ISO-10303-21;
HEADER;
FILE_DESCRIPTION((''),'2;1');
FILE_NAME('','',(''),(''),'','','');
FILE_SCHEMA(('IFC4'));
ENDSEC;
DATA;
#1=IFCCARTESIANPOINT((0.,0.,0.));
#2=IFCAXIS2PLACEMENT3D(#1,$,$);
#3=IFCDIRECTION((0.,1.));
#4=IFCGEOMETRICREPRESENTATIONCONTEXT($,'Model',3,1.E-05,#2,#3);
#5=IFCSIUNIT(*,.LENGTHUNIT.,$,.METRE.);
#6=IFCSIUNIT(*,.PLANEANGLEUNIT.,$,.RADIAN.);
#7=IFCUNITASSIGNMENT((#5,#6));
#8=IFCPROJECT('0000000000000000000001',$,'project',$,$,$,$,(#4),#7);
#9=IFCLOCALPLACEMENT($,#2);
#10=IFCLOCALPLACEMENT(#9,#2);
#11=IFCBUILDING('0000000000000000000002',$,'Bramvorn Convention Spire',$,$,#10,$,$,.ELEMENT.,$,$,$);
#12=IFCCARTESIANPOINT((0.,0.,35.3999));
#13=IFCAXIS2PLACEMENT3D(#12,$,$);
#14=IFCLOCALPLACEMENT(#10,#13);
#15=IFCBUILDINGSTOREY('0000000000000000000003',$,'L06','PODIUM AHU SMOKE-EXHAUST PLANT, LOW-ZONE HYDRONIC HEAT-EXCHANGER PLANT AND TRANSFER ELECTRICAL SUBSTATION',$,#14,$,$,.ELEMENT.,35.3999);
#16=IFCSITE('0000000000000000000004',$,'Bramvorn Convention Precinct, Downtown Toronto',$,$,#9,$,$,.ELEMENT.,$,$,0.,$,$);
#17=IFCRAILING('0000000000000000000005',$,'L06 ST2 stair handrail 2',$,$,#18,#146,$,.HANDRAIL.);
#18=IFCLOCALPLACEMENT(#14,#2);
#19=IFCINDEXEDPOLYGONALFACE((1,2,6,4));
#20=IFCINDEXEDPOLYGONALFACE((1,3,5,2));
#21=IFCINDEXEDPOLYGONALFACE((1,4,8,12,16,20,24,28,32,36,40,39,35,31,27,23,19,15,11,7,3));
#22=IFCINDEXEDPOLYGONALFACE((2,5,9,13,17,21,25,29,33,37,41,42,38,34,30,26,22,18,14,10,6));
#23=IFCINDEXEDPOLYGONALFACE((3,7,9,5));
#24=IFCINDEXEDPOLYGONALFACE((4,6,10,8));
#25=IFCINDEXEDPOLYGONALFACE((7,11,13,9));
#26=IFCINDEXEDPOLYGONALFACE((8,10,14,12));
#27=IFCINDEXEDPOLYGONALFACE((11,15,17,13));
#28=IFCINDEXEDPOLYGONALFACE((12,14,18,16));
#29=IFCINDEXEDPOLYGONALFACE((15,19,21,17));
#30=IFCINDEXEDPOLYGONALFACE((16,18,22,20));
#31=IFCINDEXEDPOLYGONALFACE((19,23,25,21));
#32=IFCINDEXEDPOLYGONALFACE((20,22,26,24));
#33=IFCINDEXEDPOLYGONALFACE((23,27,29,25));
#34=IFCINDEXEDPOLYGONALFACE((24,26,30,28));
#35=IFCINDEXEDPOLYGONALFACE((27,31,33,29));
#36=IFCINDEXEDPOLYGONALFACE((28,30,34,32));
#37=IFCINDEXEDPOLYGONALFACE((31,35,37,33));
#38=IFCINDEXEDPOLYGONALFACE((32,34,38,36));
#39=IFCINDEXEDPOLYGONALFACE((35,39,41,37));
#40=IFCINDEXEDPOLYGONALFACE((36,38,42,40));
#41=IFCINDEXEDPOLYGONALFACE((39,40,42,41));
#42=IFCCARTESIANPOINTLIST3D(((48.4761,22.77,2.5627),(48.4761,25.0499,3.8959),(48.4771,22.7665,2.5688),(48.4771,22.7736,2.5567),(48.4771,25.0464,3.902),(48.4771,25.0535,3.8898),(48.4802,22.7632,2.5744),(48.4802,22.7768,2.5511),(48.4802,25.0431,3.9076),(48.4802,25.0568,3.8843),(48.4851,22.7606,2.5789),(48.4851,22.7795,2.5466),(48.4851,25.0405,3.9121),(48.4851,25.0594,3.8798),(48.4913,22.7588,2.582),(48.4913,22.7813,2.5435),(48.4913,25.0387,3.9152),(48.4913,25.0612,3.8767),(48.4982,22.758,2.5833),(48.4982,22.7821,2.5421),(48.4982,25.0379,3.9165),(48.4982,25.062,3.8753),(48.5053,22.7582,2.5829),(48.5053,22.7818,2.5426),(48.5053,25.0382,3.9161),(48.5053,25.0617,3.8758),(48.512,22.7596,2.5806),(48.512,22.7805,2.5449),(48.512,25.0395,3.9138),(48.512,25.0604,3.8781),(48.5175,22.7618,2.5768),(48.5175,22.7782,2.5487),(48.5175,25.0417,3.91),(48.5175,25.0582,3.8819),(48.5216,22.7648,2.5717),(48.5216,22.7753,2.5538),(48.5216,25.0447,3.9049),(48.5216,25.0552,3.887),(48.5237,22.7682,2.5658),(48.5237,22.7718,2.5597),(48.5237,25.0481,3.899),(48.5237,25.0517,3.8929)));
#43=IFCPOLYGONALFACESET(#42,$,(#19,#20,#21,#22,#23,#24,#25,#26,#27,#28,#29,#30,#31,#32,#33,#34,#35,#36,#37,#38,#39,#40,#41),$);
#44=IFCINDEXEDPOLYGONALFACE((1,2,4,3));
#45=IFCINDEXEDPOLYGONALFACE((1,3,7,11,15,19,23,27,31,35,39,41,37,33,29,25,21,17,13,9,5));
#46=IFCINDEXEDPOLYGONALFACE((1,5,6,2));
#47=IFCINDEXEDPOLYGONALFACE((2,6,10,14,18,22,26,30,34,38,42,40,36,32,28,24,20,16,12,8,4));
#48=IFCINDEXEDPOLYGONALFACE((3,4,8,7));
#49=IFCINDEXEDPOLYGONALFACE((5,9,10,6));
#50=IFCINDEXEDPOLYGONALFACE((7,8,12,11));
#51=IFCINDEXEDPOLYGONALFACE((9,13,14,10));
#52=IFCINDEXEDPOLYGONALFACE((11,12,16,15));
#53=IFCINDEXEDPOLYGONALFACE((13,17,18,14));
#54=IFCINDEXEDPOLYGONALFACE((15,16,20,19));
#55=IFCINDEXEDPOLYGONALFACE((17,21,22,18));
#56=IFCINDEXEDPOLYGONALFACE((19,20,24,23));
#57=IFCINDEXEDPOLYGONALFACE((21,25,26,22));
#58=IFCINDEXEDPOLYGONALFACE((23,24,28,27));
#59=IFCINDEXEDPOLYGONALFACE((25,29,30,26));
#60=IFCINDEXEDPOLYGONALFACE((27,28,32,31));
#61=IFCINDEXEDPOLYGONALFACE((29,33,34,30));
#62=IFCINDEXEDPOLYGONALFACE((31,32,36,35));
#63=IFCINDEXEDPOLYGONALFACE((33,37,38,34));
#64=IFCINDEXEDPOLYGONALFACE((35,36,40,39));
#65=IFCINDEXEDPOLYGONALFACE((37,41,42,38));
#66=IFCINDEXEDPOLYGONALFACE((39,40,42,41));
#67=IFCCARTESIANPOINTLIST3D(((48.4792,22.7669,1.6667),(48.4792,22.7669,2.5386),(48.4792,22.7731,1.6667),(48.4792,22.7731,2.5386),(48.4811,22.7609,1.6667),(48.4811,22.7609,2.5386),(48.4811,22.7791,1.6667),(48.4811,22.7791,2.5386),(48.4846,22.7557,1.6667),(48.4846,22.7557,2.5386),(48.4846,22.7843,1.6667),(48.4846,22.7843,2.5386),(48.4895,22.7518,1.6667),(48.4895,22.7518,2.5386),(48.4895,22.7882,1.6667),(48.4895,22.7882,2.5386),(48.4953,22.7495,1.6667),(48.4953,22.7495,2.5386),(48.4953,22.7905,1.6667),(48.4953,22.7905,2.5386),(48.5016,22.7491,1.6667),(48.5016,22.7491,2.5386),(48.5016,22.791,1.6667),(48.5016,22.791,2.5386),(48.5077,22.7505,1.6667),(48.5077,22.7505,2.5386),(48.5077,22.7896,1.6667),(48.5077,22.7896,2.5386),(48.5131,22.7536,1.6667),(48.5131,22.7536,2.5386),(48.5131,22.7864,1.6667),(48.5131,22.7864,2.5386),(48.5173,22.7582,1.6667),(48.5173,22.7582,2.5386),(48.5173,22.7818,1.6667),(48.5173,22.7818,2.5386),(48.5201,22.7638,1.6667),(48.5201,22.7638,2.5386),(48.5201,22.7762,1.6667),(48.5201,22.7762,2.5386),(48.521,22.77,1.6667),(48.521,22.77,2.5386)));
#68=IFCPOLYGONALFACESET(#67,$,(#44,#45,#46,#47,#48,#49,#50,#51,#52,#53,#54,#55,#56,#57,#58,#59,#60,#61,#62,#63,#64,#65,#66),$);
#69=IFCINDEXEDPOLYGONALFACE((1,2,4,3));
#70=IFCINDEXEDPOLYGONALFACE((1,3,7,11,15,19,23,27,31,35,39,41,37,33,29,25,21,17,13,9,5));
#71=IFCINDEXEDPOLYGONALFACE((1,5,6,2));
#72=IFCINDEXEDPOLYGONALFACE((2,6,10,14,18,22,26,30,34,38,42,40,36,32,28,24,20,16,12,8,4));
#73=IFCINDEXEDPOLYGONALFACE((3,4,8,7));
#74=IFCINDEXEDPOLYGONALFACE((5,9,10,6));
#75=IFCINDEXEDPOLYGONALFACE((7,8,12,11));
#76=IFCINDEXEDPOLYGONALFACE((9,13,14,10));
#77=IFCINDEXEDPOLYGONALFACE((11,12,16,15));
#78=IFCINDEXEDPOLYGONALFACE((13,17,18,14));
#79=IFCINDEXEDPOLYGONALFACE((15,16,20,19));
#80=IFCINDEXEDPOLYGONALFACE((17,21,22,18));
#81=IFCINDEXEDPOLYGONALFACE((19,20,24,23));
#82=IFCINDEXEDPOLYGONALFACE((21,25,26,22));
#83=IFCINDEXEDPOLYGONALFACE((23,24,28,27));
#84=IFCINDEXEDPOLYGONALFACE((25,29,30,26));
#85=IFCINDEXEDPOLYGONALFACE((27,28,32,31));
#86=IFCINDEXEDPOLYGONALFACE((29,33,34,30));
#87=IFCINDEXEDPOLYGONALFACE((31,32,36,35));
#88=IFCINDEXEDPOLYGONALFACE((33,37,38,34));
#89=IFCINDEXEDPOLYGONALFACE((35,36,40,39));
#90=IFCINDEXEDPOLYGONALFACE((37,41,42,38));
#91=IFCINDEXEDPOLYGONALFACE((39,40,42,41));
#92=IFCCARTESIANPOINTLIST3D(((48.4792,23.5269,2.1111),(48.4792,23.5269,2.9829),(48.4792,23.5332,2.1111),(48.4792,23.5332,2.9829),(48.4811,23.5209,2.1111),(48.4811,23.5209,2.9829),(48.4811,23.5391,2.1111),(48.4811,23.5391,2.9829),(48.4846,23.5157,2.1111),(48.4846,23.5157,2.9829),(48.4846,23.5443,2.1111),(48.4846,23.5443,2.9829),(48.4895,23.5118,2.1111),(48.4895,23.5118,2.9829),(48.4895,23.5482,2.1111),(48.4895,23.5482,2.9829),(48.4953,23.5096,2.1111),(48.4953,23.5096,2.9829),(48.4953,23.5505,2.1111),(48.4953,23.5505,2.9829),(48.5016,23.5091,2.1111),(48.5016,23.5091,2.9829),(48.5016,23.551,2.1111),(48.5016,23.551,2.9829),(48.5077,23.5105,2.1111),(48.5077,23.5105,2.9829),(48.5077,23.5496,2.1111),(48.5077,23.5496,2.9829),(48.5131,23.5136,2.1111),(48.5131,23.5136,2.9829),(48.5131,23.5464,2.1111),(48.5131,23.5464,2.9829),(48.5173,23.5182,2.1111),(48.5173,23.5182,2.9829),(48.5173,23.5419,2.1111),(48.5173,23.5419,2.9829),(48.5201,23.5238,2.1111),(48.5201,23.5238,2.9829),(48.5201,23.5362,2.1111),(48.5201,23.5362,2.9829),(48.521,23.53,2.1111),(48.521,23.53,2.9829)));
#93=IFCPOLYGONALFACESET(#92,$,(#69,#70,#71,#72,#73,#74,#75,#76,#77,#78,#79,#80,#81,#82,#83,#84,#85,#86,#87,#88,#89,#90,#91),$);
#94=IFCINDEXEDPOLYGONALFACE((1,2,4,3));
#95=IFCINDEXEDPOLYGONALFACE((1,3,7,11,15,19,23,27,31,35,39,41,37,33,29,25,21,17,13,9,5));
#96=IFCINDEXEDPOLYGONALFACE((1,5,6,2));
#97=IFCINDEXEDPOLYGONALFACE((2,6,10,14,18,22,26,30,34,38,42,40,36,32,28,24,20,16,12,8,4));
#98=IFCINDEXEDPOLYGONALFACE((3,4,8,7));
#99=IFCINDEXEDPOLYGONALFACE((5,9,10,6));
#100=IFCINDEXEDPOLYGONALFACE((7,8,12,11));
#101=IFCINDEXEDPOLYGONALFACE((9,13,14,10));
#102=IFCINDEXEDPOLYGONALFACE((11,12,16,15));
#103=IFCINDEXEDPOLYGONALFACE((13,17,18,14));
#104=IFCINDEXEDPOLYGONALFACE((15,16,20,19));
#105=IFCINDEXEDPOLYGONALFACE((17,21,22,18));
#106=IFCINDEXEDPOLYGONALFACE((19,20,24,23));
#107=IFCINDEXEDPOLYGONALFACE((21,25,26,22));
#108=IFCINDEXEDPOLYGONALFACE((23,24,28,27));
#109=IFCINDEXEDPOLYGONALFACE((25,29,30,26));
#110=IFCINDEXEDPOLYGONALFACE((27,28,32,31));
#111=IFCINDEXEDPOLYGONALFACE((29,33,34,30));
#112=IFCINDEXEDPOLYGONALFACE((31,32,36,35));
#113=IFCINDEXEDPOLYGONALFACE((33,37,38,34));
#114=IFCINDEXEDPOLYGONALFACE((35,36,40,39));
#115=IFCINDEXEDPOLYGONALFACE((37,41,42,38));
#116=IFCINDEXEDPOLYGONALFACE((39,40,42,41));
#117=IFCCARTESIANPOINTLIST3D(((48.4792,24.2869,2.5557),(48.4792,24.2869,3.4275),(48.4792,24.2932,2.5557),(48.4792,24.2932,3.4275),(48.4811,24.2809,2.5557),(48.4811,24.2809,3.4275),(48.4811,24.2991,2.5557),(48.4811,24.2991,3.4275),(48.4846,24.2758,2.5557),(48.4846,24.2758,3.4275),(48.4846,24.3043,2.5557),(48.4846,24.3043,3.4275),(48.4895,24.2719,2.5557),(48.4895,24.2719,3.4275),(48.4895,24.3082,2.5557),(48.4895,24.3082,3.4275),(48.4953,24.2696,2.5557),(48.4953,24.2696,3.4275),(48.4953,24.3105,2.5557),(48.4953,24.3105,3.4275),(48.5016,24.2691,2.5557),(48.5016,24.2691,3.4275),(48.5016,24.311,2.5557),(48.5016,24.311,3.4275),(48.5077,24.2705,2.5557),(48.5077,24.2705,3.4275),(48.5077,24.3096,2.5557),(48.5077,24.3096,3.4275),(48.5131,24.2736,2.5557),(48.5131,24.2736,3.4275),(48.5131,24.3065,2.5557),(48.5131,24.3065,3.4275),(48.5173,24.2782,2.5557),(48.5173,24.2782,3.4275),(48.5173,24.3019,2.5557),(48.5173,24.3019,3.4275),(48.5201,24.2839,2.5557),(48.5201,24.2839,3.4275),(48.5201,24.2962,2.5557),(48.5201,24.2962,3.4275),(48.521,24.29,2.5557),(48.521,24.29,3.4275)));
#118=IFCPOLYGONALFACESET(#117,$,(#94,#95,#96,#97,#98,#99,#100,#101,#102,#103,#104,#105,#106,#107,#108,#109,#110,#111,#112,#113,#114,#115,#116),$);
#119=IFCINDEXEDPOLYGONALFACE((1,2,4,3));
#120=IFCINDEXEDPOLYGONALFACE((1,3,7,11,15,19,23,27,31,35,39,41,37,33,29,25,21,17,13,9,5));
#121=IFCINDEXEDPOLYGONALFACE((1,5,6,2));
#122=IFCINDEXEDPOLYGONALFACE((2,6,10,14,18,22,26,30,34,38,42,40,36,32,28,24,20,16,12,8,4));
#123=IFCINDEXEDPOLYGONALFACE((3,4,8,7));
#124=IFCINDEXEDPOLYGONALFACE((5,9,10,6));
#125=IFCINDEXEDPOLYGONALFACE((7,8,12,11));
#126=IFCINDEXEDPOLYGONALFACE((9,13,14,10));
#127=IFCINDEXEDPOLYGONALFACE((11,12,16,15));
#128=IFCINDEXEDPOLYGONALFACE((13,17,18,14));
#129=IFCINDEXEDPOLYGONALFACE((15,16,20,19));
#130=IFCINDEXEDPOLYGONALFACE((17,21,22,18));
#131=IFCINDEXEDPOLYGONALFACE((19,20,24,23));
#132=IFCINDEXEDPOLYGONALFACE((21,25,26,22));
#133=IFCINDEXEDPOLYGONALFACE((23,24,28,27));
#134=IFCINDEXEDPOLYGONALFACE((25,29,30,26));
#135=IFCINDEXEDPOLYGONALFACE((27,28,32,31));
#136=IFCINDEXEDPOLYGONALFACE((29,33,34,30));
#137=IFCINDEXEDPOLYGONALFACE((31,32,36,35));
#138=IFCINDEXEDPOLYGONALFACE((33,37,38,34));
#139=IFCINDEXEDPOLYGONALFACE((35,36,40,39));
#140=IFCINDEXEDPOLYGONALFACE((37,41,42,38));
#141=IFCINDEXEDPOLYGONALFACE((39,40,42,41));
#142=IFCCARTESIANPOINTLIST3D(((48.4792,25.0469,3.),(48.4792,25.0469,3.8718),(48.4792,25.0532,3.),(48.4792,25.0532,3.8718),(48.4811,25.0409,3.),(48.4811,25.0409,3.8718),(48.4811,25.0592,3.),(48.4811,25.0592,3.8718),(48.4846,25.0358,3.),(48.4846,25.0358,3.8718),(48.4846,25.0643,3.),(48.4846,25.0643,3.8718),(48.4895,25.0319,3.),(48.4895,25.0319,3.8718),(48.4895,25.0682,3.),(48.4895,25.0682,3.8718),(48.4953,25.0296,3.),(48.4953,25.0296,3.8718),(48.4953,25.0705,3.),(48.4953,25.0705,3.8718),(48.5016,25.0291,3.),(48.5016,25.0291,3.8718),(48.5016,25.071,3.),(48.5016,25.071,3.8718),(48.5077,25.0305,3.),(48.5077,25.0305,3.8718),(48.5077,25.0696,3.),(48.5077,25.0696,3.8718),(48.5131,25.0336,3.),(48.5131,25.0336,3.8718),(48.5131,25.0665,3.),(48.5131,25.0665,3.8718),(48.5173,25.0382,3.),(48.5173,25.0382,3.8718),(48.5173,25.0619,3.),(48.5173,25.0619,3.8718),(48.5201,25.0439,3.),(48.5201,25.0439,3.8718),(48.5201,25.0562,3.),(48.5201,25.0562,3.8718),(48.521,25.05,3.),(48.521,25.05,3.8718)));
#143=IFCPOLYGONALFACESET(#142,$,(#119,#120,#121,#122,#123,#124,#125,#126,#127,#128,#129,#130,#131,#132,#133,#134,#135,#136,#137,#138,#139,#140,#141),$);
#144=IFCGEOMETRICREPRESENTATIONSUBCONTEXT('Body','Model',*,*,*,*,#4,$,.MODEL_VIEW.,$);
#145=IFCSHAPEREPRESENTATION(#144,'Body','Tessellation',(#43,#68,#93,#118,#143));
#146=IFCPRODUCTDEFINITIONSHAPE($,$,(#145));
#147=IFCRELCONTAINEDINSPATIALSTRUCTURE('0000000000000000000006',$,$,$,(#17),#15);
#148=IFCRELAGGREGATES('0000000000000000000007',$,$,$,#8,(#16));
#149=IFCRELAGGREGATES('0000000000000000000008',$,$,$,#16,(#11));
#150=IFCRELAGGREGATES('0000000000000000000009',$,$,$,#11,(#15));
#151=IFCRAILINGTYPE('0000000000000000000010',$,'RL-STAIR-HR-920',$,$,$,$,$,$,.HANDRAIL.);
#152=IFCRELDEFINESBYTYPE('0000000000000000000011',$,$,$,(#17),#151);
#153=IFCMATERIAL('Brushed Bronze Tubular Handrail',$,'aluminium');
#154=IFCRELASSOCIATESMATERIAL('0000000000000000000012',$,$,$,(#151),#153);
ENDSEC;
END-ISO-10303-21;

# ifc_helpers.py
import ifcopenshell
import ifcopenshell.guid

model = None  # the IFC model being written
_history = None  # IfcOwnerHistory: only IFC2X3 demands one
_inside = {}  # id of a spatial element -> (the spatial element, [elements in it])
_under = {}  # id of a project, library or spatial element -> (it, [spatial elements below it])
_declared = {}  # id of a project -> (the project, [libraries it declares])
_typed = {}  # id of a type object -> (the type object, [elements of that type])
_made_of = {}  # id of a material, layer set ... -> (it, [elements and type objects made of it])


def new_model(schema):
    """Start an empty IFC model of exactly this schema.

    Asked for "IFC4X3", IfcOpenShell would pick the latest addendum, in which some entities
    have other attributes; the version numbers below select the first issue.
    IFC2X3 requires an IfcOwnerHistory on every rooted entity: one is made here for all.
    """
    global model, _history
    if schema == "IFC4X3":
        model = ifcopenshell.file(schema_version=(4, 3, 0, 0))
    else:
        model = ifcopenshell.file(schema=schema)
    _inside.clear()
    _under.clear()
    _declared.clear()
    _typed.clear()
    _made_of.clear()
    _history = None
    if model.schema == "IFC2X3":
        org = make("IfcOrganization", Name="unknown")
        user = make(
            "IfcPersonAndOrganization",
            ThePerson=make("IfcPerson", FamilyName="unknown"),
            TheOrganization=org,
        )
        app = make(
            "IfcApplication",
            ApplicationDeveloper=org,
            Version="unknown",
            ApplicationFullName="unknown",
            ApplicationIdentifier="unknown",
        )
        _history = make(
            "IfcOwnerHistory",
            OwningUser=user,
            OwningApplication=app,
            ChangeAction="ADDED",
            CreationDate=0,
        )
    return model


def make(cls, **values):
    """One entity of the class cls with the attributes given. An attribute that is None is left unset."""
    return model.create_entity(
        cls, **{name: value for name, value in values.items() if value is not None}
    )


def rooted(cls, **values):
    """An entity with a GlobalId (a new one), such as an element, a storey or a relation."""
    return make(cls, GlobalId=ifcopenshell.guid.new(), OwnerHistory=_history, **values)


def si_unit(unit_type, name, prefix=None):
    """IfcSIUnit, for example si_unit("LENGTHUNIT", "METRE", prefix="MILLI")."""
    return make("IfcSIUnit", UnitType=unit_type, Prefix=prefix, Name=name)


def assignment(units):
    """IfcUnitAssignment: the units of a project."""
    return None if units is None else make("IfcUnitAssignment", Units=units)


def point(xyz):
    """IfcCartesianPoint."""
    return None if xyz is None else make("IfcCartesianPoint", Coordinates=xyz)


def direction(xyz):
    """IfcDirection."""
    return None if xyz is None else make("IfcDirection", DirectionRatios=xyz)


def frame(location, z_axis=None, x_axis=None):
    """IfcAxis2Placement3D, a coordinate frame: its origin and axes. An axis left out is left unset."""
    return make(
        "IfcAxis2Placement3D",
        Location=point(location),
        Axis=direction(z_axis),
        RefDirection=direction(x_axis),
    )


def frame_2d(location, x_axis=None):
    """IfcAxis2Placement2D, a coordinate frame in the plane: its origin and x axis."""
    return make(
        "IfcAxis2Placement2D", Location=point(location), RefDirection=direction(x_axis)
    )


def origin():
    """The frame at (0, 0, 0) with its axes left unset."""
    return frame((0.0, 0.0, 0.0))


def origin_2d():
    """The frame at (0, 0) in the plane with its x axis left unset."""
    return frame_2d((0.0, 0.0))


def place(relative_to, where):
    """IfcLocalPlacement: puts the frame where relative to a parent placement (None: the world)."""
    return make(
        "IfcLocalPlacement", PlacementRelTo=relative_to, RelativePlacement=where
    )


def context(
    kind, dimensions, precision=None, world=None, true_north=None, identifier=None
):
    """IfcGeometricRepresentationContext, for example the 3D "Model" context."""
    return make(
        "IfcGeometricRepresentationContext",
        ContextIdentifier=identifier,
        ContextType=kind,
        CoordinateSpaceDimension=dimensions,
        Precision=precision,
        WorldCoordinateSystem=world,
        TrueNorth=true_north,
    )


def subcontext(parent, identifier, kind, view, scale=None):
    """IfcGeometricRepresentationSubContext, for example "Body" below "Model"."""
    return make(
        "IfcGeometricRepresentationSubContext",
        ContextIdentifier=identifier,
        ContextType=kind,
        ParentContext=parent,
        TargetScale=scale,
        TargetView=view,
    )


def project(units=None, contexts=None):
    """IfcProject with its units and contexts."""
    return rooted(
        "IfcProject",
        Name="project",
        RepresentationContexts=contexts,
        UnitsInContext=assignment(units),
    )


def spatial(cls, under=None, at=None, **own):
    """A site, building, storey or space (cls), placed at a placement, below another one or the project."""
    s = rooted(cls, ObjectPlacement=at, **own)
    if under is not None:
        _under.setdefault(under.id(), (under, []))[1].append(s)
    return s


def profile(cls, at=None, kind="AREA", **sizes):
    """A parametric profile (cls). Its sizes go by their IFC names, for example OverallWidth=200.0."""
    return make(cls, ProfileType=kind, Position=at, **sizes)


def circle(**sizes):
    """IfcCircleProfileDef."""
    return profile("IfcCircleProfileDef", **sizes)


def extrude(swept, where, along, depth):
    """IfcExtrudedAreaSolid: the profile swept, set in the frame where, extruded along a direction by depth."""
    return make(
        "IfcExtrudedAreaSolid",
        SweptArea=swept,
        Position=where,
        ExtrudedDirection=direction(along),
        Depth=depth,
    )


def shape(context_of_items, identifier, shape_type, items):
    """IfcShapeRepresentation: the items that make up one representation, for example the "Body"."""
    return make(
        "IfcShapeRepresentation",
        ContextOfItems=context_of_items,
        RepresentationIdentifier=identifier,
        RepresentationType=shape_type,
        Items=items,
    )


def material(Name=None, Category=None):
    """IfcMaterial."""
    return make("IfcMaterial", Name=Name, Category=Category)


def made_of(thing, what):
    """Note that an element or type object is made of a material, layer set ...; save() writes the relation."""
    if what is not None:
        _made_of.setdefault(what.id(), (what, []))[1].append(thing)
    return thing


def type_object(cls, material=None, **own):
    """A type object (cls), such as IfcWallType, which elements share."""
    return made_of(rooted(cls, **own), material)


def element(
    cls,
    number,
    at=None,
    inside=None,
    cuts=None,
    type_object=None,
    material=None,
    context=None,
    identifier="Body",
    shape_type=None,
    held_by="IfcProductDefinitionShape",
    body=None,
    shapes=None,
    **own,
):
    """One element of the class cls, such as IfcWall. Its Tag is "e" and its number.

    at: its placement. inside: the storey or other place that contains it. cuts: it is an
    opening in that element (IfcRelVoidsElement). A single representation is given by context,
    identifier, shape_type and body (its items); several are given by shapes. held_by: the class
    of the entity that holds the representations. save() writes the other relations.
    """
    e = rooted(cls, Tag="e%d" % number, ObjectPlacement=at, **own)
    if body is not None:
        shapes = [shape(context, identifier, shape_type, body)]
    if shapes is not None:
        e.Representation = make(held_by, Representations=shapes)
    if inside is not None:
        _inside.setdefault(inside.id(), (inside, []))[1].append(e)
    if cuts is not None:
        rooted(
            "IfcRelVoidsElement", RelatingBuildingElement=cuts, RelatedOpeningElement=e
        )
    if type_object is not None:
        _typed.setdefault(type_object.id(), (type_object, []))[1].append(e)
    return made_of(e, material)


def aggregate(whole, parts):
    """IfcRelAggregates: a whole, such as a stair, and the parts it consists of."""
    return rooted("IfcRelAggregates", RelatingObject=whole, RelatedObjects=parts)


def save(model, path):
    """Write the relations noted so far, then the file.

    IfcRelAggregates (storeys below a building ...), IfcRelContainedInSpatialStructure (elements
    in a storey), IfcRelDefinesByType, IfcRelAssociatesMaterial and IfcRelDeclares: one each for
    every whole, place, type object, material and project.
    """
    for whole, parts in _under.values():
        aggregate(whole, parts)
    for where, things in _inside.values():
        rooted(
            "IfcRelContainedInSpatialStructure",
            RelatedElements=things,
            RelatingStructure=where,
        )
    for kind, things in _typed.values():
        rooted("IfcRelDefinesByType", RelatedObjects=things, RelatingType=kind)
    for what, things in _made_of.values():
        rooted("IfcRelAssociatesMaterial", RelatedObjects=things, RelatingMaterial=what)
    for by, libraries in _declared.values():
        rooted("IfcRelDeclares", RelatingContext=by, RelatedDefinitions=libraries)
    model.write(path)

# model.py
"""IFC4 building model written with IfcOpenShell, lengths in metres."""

from ifc_helpers import new_model, si_unit, direction, frame, origin, origin_2d, place, context, subcontext, project, spatial, circle, extrude, material, type_object, element, save


model = new_model("IFC4")

# Units and contexts
model_context = context("Model", 3, precision=1e-05, world=origin(), true_north=direction((0.0, 1.0)))
body_context = subcontext(model_context, "Body", "Model", "MODEL_VIEW")
ifc_project = project(units=[si_unit("LENGTHUNIT", "METRE"), si_unit("PLANEANGLEUNIT", "RADIAN")], contexts=[model_context])

# Site, building, storey
site_placement = place(None, origin())
site = spatial("IfcSite", under=ifc_project, at=site_placement, Name="Bramvorn Convention Precinct, Downtown Toronto", CompositionType="ELEMENT", RefElevation=0.0)
building_placement = place(site_placement, origin())
building = spatial("IfcBuilding", under=site, at=building_placement, Name="Bramvorn Convention Spire", CompositionType="ELEMENT")
storey_placement = place(building_placement, frame((0.0, 0.0, 35.3999)))
storey = spatial("IfcBuildingStorey", under=building, at=storey_placement, Name="L06", Description="PODIUM AHU SMOKE-EXHAUST PLANT, LOW-ZONE HYDRONIC HEAT-EXCHANGER PLANT AND TRANSFER ELECTRICAL SUBSTATION", CompositionType="ELEMENT", Elevation=35.3999)

# Railing
ifc_material_1 = material(Name="Brushed Bronze Tubular Handrail", Category="aluminium")
railing_type_1 = type_object("IfcRailingType", Name="RL-STAIR-HR-920", PredefinedType="HANDRAIL", material=ifc_material_1)
for number, where, name in (
    (1, (48.5, 22.77, 1.6667), "L06 ST2 stair handrail 2"),
):
    element("IfcRailing", number, at=place(storey_placement, frame(where)), inside=storey, type_object=railing_type_1, Name=name, PredefinedType="HANDRAIL", context=body_context, shape_type="SweptSolid", body=[
        extrude(circle(Radius=0.0239, at=origin_2d()), frame((0.0, 0.0, 0.896), z_axis=(0.0, 0.863245, 0.504785), x_axis=(-1.0, 0.0, 0.0)), (0.0, 0.0, 1.0), 2.6411),
        extrude(circle(Radius=0.021, at=origin_2d()), origin(), (0.0, 0.0, 1.0), 0.8718),
        extrude(circle(Radius=0.021, at=origin_2d()), frame((0.0, 0.76, 0.4443)), (0.0, 0.0, 1.0), 0.8718),
        extrude(circle(Radius=0.021, at=origin_2d()), frame((0.0, 1.52, 0.8889)), (0.0, 0.0, 1.0), 0.8718),
        extrude(circle(Radius=0.021, at=origin_2d()), frame((0.0, 2.28, 1.3333)), (0.0, 0.0, 1.0), 0.8718),
    ])

save(model, "model.ifc")
